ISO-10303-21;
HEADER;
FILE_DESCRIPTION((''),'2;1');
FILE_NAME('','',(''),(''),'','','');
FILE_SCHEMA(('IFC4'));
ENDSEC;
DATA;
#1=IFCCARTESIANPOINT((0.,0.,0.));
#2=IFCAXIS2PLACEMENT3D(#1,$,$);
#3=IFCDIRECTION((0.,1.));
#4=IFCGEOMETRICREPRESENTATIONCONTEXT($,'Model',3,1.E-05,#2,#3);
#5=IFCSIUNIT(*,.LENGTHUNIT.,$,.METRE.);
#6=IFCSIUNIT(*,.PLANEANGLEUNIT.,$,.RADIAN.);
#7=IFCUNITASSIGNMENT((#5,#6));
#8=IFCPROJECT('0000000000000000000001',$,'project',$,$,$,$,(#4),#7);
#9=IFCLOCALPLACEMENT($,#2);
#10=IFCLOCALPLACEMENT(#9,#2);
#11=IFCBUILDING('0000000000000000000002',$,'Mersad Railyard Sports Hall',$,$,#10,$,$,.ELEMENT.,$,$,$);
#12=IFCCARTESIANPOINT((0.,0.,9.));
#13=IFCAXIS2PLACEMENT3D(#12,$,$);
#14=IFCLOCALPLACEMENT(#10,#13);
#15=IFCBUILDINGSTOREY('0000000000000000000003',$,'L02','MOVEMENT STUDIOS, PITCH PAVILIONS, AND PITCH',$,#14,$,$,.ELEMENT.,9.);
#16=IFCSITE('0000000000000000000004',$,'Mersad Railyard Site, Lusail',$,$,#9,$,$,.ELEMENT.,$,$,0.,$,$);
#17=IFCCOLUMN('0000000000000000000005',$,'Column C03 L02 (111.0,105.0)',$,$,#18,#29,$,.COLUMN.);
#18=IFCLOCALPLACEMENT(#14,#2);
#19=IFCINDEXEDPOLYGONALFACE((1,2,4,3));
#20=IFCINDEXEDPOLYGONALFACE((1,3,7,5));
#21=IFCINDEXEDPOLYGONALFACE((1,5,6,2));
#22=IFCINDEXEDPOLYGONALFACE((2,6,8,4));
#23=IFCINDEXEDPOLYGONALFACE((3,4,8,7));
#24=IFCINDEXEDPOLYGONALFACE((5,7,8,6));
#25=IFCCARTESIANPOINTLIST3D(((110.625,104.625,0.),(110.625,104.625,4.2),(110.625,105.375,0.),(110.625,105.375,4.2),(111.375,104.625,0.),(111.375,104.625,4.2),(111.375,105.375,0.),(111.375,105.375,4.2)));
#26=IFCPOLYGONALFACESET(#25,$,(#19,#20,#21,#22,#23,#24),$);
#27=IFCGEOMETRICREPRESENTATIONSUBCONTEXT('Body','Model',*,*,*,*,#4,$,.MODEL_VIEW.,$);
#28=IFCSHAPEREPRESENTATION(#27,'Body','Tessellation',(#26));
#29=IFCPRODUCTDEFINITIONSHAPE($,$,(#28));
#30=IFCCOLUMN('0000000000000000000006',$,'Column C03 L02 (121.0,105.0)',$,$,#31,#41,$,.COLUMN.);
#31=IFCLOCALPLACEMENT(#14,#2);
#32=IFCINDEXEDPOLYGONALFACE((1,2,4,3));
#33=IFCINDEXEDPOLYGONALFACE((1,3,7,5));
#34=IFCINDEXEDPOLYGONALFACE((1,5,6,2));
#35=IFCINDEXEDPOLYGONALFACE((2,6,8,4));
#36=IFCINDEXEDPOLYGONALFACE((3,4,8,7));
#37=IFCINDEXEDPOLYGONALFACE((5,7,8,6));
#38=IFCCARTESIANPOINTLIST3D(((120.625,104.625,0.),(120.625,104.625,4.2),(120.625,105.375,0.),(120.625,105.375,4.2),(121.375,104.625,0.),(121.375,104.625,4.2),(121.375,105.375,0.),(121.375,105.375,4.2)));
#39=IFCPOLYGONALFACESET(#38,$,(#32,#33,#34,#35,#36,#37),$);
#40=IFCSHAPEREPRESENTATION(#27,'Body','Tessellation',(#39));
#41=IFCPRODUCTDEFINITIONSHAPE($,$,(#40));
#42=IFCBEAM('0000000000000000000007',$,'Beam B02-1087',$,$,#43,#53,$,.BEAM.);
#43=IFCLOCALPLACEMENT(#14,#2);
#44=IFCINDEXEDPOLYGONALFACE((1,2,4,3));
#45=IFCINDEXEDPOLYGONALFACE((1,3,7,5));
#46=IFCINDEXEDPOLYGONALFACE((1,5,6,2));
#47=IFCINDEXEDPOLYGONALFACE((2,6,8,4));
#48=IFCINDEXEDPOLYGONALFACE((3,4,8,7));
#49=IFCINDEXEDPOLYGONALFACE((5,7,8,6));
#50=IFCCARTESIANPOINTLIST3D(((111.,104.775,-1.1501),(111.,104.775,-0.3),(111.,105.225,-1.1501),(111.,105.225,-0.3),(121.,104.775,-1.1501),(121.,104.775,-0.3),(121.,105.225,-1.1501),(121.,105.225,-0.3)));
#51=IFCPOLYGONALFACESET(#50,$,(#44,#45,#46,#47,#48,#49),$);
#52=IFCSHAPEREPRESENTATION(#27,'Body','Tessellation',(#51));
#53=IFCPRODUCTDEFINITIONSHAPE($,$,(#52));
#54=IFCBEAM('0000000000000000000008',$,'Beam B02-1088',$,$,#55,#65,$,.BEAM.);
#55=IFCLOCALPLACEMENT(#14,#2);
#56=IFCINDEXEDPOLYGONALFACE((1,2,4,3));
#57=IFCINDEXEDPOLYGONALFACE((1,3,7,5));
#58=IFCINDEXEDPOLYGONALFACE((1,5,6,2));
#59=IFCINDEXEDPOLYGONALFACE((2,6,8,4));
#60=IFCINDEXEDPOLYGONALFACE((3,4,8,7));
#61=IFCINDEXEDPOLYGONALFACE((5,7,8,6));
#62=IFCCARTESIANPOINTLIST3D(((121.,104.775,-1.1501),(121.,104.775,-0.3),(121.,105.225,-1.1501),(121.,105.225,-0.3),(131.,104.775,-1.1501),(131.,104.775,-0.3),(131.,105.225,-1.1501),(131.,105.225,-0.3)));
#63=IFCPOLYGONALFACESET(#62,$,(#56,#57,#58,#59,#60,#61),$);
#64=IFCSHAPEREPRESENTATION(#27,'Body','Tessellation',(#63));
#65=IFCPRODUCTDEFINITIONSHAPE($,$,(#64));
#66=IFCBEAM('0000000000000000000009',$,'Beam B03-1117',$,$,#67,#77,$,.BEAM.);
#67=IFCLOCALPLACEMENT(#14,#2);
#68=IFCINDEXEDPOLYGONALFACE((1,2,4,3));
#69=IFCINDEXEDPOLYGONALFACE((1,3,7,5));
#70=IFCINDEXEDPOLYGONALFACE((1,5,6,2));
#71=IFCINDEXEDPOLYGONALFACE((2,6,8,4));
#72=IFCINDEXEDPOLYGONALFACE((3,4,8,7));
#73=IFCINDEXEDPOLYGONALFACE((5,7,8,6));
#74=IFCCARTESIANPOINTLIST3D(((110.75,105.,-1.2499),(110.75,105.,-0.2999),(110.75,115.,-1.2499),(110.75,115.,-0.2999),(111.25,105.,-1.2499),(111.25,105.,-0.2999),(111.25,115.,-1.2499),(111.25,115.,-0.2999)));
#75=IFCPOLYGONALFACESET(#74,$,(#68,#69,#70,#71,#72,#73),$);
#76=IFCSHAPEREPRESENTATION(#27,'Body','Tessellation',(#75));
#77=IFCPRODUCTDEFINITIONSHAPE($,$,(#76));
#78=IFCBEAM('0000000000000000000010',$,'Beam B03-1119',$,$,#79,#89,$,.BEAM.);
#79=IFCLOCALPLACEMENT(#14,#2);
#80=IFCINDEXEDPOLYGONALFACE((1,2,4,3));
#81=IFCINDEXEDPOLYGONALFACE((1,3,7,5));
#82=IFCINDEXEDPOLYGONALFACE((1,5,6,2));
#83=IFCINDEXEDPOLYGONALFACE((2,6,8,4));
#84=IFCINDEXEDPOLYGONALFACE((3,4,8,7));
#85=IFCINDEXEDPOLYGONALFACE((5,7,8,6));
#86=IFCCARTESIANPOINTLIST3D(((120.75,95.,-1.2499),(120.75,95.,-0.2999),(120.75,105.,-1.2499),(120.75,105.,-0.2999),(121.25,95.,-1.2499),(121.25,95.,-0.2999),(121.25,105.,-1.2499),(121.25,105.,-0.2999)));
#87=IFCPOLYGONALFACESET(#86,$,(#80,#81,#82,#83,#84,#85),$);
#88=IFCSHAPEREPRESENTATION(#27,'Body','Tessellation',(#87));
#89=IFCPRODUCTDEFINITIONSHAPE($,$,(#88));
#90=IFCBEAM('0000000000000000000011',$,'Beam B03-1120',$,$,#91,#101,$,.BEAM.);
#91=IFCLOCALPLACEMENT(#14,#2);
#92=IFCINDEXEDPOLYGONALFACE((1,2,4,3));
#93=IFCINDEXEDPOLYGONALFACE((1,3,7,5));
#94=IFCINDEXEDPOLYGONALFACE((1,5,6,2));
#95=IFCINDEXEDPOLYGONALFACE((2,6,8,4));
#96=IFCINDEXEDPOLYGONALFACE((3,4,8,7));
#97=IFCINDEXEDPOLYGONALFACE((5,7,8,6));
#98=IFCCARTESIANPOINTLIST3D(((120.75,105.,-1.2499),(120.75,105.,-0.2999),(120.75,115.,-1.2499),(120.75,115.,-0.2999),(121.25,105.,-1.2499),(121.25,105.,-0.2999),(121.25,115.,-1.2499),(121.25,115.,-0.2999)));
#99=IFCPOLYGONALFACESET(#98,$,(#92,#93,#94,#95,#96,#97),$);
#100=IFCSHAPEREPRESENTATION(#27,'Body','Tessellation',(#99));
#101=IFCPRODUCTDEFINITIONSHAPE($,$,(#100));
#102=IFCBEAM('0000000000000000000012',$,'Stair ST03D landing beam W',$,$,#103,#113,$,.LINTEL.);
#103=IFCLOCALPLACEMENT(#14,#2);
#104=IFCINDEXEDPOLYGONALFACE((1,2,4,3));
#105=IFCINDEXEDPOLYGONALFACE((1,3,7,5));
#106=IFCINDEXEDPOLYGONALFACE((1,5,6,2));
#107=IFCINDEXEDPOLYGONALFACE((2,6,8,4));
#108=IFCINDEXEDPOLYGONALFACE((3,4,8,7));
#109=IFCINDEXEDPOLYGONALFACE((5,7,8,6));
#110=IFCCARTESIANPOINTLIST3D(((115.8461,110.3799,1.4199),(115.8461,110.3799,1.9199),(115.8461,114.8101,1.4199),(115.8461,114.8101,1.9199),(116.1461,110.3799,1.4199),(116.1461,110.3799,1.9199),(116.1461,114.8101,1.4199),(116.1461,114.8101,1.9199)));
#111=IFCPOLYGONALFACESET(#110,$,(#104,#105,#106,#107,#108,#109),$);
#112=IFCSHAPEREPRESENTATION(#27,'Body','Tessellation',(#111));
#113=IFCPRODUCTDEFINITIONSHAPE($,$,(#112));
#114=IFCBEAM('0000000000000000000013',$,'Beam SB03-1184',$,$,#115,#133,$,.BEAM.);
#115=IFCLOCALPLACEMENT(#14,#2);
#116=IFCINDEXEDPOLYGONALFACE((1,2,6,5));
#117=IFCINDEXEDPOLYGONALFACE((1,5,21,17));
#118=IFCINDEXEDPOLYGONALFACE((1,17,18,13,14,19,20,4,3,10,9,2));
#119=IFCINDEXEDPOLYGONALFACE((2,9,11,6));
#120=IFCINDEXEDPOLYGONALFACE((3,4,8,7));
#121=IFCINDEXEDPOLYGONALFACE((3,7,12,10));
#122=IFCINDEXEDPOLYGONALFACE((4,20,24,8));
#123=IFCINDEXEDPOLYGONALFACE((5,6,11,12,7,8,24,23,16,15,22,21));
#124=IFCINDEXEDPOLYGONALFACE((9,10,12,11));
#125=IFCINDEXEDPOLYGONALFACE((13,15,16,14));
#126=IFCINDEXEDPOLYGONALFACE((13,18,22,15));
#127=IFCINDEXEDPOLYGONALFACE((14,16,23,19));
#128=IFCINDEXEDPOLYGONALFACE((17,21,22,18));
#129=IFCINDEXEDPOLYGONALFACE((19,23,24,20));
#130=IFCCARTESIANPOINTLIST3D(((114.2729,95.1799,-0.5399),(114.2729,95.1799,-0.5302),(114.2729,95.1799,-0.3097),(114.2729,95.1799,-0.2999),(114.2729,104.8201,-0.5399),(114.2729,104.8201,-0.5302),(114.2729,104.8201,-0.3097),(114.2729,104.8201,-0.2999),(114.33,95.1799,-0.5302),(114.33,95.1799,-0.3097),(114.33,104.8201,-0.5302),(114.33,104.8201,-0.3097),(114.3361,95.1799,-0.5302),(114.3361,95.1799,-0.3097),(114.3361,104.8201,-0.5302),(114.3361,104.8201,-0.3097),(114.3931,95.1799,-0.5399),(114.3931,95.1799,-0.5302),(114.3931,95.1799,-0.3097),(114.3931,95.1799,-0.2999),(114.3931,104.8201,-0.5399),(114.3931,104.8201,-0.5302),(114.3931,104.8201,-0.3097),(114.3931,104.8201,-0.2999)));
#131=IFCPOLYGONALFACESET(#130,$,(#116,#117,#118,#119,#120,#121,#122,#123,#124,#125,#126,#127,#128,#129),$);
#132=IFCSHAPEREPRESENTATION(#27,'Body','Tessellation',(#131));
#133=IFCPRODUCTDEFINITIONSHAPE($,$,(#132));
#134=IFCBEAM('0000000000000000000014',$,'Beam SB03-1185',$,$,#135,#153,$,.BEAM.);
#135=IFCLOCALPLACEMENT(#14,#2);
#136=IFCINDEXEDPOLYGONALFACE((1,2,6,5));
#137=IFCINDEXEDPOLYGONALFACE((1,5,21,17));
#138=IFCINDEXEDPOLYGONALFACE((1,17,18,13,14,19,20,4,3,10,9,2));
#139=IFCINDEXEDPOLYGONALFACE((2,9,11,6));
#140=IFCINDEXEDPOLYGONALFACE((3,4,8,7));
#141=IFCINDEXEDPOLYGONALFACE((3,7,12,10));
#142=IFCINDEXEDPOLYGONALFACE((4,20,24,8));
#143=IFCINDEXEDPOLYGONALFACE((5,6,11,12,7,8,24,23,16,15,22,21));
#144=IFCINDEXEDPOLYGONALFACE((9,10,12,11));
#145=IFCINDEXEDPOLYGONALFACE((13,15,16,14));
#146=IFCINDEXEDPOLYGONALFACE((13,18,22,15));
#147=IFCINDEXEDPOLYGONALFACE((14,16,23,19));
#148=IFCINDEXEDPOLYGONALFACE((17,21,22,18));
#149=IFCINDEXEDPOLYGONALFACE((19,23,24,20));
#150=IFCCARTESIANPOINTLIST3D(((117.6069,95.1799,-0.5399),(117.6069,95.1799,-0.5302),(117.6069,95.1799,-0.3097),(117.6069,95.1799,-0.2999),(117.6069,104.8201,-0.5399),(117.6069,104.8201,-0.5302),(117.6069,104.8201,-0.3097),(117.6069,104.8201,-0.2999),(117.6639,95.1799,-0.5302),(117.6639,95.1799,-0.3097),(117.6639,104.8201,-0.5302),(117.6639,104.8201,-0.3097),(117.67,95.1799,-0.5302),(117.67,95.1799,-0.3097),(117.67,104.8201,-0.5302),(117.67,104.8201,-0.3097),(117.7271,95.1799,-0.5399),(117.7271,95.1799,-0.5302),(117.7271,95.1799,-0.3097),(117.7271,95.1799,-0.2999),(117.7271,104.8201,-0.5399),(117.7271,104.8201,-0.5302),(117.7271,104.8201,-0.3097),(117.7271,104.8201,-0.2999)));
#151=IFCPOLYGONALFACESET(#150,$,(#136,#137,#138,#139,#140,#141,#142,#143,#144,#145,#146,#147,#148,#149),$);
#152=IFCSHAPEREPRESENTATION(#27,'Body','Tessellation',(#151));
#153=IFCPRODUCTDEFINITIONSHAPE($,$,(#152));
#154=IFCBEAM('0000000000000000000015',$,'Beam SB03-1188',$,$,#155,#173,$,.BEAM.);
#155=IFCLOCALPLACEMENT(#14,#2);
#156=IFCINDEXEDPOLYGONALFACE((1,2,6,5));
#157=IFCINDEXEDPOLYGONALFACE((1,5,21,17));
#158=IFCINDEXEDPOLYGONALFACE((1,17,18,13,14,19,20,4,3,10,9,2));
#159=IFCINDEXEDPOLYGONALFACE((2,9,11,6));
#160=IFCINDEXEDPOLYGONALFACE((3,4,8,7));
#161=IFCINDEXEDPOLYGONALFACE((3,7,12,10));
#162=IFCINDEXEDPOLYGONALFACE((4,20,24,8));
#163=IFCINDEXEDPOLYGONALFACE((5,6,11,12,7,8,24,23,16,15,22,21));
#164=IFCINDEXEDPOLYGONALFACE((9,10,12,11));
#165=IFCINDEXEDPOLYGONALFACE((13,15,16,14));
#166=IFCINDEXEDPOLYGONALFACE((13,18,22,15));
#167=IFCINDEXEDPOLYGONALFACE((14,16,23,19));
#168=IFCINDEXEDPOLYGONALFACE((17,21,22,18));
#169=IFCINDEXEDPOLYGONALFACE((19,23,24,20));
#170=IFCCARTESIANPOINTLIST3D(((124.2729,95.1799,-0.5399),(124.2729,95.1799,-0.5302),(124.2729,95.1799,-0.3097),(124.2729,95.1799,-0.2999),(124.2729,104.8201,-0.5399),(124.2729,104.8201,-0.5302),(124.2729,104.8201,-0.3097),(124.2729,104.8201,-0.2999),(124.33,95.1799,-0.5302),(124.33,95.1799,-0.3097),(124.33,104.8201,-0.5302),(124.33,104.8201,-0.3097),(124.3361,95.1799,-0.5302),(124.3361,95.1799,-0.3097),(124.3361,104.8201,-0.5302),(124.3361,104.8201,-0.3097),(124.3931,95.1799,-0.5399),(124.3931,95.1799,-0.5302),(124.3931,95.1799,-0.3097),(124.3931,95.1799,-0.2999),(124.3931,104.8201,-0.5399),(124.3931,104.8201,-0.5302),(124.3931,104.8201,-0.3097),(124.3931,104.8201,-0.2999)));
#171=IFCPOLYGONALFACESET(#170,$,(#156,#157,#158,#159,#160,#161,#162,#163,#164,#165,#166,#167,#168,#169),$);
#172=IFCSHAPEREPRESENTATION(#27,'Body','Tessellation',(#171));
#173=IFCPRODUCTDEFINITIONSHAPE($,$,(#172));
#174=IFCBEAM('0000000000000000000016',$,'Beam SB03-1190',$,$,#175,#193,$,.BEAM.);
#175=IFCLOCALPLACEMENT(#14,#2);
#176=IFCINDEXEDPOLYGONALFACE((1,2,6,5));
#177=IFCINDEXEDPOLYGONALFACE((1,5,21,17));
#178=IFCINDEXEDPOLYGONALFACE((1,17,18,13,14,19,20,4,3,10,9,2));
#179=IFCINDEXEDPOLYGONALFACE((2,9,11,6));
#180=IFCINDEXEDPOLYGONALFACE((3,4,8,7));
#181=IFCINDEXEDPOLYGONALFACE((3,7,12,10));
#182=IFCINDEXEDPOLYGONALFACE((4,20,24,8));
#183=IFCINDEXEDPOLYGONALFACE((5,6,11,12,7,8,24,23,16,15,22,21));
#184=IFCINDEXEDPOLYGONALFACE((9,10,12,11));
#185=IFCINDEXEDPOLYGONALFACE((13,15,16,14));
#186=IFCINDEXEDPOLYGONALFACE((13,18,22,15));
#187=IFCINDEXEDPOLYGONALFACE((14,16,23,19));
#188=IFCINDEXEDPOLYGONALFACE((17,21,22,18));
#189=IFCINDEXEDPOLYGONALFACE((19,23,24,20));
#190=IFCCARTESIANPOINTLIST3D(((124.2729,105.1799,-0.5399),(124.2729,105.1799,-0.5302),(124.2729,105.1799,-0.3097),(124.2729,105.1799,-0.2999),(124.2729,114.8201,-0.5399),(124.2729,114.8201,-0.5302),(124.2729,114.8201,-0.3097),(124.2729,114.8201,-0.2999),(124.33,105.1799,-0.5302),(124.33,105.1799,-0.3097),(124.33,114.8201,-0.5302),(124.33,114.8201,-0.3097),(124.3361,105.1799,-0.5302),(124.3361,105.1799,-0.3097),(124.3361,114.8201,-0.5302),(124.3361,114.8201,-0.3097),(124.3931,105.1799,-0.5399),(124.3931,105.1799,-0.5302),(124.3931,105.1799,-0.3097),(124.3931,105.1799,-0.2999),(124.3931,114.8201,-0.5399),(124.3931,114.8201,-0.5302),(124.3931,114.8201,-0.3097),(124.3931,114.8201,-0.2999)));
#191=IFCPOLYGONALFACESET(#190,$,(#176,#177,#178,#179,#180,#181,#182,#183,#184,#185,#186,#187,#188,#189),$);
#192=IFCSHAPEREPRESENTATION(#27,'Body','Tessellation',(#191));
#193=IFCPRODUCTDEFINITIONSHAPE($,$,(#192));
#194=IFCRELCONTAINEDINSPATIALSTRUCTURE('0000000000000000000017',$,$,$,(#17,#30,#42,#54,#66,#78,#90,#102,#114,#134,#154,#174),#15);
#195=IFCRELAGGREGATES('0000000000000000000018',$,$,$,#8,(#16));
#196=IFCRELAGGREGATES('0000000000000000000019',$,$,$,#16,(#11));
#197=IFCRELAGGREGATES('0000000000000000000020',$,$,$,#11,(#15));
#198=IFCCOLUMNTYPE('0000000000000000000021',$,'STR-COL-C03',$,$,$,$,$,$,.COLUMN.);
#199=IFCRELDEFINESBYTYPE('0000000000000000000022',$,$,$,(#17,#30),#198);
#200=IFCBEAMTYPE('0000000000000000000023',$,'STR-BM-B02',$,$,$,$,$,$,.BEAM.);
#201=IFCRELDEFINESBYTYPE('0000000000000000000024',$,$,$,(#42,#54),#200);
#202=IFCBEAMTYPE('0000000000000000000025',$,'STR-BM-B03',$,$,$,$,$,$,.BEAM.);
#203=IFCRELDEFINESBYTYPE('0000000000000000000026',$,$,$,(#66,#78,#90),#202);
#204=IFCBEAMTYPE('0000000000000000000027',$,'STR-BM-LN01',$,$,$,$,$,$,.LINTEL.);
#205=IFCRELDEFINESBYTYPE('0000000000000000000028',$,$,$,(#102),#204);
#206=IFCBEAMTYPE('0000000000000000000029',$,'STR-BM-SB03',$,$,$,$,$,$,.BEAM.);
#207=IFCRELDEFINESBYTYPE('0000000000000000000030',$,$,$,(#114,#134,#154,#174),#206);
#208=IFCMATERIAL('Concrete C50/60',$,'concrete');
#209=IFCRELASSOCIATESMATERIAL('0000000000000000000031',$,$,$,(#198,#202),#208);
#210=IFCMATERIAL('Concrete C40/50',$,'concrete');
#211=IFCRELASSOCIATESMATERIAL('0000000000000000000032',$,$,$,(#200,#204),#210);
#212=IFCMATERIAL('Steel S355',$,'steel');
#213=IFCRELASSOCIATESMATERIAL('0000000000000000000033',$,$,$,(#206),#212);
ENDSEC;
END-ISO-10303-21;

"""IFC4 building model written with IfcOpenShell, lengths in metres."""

from ifc_helpers import new_model, si_unit, direction, frame, origin, origin_2d, place, context, subcontext, project, spatial, rectangle, i_section, extrude, material, material_profile, profile_set, type_object, element, save


model = new_model("IFC4")

# Units and contexts
model_context = context("Model", 3, precision=1e-05, world=origin(), true_north=direction((0.0, 1.0)))
body_context = subcontext(model_context, "Body", "Model", "MODEL_VIEW")
ifc_project = project(units=[si_unit("LENGTHUNIT", "METRE"), si_unit("PLANEANGLEUNIT", "RADIAN")], contexts=[model_context])

# Site, building, storey
site_placement = place(None, origin())
site = spatial("IfcSite", under=ifc_project, at=site_placement, Name="Mersad Railyard Site, Lusail", CompositionType="ELEMENT", RefElevation=0.0)
building_placement = place(site_placement, origin())
building = spatial("IfcBuilding", under=site, at=building_placement, Name="Mersad Railyard Sports Hall", CompositionType="ELEMENT")
storey_placement = place(building_placement, frame((0.0, 0.0, 9.0)))
storey = spatial("IfcBuildingStorey", under=building, at=storey_placement, Name="L02", Description="MOVEMENT STUDIOS, PITCH PAVILIONS, AND PITCH", CompositionType="ELEMENT", Elevation=9.0)

# Columns
ifc_material_1 = material(Name="Concrete C50/60", Category="concrete")
ifc_material_profile_1 = material_profile(ifc_material_1, rectangle(XDim=0.75, YDim=0.75, at=origin_2d()), Name="RC 750x750")
ifc_profile_set_1 = profile_set([ifc_material_profile_1], Name="Concrete C50/60")
column_type = type_object("IfcColumnType", Name="STR-COL-C03", PredefinedType="COLUMN", material=ifc_profile_set_1)
for number, where, z_axis, x_axis, name in (
    (1, (111.0, 105.0, 0.0), (0.0, 0.0, 1.0), (1.0, 0.0, 0.0), "Column C03 L02 (111.0,105.0)"),
    (2, (121.0, 105.0, 0.0), (0.0, 0.0, 1.0), (1.0, 0.0, 0.0), "Column C03 L02 (121.0,105.0)"),
):
    element("IfcColumn", number, at=place(storey_placement, frame(where, z_axis=z_axis, x_axis=x_axis)), inside=storey, type_object=column_type, Name=name, PredefinedType="COLUMN", context=body_context, shape_type="SweptSolid", body=[
        extrude(rectangle(XDim=0.75, YDim=0.75, at=origin_2d()), origin(), (0.0, 0.0, 1.0), 4.2),
    ])

# Beams
ifc_material_2 = material(Name="Concrete C40/50", Category="concrete")
ifc_material_profile_2 = material_profile(ifc_material_2, rectangle(XDim=0.45, YDim=0.8501, at=origin_2d()), Name="RC 450x850")
ifc_profile_set_2 = profile_set([ifc_material_profile_2], Name="Concrete C40/50")
beam_type_1 = type_object("IfcBeamType", Name="STR-BM-B02", PredefinedType="BEAM", material=ifc_profile_set_2)
for number, where, z_axis, x_axis, name in (
    (3, (111.0, 105.0, -0.7251), (1.0, 0.0, 0.0), (0.0, 1.0, 0.0), "Beam B02-1087"),
    (4, (121.0, 105.0, -0.7251), (1.0, 0.0, 0.0), (0.0, 1.0, 0.0), "Beam B02-1088"),
):
    element("IfcBeam", number, at=place(storey_placement, frame(where, z_axis=z_axis, x_axis=x_axis)), inside=storey, type_object=beam_type_1, Name=name, PredefinedType="BEAM", context=body_context, shape_type="SweptSolid", body=[
        extrude(rectangle(XDim=0.45, YDim=0.8501, at=origin_2d()), origin(), (0.0, 0.0, 1.0), 10.0),
    ])
ifc_material_profile_3 = material_profile(ifc_material_1, rectangle(XDim=0.5, YDim=0.95, at=origin_2d()), Name="RC 500x950")
ifc_profile_set_3 = profile_set([ifc_material_profile_3], Name="Concrete C50/60")
beam_type_2 = type_object("IfcBeamType", Name="STR-BM-B03", PredefinedType="BEAM", material=ifc_profile_set_3)
for number, where, z_axis, x_axis, name in (
    (5, (111.0, 105.0, -0.7749), (0.0, 1.0, 0.0), (-1.0, 0.0, 0.0), "Beam B03-1117"),
    (6, (121.0, 95.0, -0.7749), (0.0, 1.0, 0.0), (-1.0, 0.0, 0.0), "Beam B03-1119"),
    (7, (121.0, 105.0, -0.7749), (0.0, 1.0, 0.0), (-1.0, 0.0, 0.0), "Beam B03-1120"),
):
    element("IfcBeam", number, at=place(storey_placement, frame(where, z_axis=z_axis, x_axis=x_axis)), inside=storey, type_object=beam_type_2, Name=name, PredefinedType="BEAM", context=body_context, shape_type="SweptSolid", body=[
        extrude(rectangle(XDim=0.5, YDim=0.95, at=origin_2d()), origin(), (0.0, 0.0, 1.0), 10.0),
    ])
ifc_material_profile_4 = material_profile(ifc_material_2, rectangle(XDim=0.3, YDim=0.5, at=origin_2d()), Name="RC 300x500")
ifc_profile_set_4 = profile_set([ifc_material_profile_4], Name="Concrete C40/50")
beam_type_3 = type_object("IfcBeamType", Name="STR-BM-LN01", PredefinedType="LINTEL", material=ifc_profile_set_4)
beam_placement = place(storey_placement, frame((115.9961, 110.3799, 1.6699), z_axis=(0.0, 1.0, 0.0), x_axis=(-1.0, 0.0, 0.0)))
element("IfcBeam", 8, at=beam_placement, inside=storey, type_object=beam_type_3, Name="Stair ST03D landing beam W", PredefinedType="LINTEL", context=body_context, shape_type="SweptSolid", body=[
    extrude(rectangle(XDim=0.3, YDim=0.5, at=origin_2d()), origin(), (0.0, 0.0, 1.0), 4.4302),
])
ifc_material_3 = material(Name="Steel S355", Category="steel")
ifc_material_profile_5 = material_profile(ifc_material_3, i_section(OverallWidth=0.1201, OverallDepth=0.24, WebThickness=0.0061, FlangeThickness=0.0098, at=origin_2d()), Name="IPE 240")
ifc_profile_set_5 = profile_set([ifc_material_profile_5], Name="Steel S355")
beam_type_4 = type_object("IfcBeamType", Name="STR-BM-SB03", PredefinedType="BEAM", material=ifc_profile_set_5)
for number, where, z_axis, x_axis, name in (
    (9, (114.333, 95.1799, -0.4199), (0.0, 1.0, 0.0), (-1.0, 0.0, 0.0), "Beam SB03-1184"),
    (10, (117.667, 95.1799, -0.4199), (0.0, 1.0, 0.0), (-1.0, 0.0, 0.0), "Beam SB03-1185"),
    (11, (124.333, 95.1799, -0.4199), (0.0, 1.0, 0.0), (-1.0, 0.0, 0.0), "Beam SB03-1188"),
    (12, (124.333, 105.1799, -0.4199), (0.0, 1.0, 0.0), (-1.0, 0.0, 0.0), "Beam SB03-1190"),
):
    element("IfcBeam", number, at=place(storey_placement, frame(where, z_axis=z_axis, x_axis=x_axis)), inside=storey, type_object=beam_type_4, Name=name, PredefinedType="BEAM", context=body_context, shape_type="SweptSolid", body=[
        extrude(i_section(OverallWidth=0.1201, OverallDepth=0.24, WebThickness=0.0061, FlangeThickness=0.0098, at=origin_2d()), origin(), (0.0, 0.0, 1.0), 9.6401),
    ])

save(model, "model.ifc")
